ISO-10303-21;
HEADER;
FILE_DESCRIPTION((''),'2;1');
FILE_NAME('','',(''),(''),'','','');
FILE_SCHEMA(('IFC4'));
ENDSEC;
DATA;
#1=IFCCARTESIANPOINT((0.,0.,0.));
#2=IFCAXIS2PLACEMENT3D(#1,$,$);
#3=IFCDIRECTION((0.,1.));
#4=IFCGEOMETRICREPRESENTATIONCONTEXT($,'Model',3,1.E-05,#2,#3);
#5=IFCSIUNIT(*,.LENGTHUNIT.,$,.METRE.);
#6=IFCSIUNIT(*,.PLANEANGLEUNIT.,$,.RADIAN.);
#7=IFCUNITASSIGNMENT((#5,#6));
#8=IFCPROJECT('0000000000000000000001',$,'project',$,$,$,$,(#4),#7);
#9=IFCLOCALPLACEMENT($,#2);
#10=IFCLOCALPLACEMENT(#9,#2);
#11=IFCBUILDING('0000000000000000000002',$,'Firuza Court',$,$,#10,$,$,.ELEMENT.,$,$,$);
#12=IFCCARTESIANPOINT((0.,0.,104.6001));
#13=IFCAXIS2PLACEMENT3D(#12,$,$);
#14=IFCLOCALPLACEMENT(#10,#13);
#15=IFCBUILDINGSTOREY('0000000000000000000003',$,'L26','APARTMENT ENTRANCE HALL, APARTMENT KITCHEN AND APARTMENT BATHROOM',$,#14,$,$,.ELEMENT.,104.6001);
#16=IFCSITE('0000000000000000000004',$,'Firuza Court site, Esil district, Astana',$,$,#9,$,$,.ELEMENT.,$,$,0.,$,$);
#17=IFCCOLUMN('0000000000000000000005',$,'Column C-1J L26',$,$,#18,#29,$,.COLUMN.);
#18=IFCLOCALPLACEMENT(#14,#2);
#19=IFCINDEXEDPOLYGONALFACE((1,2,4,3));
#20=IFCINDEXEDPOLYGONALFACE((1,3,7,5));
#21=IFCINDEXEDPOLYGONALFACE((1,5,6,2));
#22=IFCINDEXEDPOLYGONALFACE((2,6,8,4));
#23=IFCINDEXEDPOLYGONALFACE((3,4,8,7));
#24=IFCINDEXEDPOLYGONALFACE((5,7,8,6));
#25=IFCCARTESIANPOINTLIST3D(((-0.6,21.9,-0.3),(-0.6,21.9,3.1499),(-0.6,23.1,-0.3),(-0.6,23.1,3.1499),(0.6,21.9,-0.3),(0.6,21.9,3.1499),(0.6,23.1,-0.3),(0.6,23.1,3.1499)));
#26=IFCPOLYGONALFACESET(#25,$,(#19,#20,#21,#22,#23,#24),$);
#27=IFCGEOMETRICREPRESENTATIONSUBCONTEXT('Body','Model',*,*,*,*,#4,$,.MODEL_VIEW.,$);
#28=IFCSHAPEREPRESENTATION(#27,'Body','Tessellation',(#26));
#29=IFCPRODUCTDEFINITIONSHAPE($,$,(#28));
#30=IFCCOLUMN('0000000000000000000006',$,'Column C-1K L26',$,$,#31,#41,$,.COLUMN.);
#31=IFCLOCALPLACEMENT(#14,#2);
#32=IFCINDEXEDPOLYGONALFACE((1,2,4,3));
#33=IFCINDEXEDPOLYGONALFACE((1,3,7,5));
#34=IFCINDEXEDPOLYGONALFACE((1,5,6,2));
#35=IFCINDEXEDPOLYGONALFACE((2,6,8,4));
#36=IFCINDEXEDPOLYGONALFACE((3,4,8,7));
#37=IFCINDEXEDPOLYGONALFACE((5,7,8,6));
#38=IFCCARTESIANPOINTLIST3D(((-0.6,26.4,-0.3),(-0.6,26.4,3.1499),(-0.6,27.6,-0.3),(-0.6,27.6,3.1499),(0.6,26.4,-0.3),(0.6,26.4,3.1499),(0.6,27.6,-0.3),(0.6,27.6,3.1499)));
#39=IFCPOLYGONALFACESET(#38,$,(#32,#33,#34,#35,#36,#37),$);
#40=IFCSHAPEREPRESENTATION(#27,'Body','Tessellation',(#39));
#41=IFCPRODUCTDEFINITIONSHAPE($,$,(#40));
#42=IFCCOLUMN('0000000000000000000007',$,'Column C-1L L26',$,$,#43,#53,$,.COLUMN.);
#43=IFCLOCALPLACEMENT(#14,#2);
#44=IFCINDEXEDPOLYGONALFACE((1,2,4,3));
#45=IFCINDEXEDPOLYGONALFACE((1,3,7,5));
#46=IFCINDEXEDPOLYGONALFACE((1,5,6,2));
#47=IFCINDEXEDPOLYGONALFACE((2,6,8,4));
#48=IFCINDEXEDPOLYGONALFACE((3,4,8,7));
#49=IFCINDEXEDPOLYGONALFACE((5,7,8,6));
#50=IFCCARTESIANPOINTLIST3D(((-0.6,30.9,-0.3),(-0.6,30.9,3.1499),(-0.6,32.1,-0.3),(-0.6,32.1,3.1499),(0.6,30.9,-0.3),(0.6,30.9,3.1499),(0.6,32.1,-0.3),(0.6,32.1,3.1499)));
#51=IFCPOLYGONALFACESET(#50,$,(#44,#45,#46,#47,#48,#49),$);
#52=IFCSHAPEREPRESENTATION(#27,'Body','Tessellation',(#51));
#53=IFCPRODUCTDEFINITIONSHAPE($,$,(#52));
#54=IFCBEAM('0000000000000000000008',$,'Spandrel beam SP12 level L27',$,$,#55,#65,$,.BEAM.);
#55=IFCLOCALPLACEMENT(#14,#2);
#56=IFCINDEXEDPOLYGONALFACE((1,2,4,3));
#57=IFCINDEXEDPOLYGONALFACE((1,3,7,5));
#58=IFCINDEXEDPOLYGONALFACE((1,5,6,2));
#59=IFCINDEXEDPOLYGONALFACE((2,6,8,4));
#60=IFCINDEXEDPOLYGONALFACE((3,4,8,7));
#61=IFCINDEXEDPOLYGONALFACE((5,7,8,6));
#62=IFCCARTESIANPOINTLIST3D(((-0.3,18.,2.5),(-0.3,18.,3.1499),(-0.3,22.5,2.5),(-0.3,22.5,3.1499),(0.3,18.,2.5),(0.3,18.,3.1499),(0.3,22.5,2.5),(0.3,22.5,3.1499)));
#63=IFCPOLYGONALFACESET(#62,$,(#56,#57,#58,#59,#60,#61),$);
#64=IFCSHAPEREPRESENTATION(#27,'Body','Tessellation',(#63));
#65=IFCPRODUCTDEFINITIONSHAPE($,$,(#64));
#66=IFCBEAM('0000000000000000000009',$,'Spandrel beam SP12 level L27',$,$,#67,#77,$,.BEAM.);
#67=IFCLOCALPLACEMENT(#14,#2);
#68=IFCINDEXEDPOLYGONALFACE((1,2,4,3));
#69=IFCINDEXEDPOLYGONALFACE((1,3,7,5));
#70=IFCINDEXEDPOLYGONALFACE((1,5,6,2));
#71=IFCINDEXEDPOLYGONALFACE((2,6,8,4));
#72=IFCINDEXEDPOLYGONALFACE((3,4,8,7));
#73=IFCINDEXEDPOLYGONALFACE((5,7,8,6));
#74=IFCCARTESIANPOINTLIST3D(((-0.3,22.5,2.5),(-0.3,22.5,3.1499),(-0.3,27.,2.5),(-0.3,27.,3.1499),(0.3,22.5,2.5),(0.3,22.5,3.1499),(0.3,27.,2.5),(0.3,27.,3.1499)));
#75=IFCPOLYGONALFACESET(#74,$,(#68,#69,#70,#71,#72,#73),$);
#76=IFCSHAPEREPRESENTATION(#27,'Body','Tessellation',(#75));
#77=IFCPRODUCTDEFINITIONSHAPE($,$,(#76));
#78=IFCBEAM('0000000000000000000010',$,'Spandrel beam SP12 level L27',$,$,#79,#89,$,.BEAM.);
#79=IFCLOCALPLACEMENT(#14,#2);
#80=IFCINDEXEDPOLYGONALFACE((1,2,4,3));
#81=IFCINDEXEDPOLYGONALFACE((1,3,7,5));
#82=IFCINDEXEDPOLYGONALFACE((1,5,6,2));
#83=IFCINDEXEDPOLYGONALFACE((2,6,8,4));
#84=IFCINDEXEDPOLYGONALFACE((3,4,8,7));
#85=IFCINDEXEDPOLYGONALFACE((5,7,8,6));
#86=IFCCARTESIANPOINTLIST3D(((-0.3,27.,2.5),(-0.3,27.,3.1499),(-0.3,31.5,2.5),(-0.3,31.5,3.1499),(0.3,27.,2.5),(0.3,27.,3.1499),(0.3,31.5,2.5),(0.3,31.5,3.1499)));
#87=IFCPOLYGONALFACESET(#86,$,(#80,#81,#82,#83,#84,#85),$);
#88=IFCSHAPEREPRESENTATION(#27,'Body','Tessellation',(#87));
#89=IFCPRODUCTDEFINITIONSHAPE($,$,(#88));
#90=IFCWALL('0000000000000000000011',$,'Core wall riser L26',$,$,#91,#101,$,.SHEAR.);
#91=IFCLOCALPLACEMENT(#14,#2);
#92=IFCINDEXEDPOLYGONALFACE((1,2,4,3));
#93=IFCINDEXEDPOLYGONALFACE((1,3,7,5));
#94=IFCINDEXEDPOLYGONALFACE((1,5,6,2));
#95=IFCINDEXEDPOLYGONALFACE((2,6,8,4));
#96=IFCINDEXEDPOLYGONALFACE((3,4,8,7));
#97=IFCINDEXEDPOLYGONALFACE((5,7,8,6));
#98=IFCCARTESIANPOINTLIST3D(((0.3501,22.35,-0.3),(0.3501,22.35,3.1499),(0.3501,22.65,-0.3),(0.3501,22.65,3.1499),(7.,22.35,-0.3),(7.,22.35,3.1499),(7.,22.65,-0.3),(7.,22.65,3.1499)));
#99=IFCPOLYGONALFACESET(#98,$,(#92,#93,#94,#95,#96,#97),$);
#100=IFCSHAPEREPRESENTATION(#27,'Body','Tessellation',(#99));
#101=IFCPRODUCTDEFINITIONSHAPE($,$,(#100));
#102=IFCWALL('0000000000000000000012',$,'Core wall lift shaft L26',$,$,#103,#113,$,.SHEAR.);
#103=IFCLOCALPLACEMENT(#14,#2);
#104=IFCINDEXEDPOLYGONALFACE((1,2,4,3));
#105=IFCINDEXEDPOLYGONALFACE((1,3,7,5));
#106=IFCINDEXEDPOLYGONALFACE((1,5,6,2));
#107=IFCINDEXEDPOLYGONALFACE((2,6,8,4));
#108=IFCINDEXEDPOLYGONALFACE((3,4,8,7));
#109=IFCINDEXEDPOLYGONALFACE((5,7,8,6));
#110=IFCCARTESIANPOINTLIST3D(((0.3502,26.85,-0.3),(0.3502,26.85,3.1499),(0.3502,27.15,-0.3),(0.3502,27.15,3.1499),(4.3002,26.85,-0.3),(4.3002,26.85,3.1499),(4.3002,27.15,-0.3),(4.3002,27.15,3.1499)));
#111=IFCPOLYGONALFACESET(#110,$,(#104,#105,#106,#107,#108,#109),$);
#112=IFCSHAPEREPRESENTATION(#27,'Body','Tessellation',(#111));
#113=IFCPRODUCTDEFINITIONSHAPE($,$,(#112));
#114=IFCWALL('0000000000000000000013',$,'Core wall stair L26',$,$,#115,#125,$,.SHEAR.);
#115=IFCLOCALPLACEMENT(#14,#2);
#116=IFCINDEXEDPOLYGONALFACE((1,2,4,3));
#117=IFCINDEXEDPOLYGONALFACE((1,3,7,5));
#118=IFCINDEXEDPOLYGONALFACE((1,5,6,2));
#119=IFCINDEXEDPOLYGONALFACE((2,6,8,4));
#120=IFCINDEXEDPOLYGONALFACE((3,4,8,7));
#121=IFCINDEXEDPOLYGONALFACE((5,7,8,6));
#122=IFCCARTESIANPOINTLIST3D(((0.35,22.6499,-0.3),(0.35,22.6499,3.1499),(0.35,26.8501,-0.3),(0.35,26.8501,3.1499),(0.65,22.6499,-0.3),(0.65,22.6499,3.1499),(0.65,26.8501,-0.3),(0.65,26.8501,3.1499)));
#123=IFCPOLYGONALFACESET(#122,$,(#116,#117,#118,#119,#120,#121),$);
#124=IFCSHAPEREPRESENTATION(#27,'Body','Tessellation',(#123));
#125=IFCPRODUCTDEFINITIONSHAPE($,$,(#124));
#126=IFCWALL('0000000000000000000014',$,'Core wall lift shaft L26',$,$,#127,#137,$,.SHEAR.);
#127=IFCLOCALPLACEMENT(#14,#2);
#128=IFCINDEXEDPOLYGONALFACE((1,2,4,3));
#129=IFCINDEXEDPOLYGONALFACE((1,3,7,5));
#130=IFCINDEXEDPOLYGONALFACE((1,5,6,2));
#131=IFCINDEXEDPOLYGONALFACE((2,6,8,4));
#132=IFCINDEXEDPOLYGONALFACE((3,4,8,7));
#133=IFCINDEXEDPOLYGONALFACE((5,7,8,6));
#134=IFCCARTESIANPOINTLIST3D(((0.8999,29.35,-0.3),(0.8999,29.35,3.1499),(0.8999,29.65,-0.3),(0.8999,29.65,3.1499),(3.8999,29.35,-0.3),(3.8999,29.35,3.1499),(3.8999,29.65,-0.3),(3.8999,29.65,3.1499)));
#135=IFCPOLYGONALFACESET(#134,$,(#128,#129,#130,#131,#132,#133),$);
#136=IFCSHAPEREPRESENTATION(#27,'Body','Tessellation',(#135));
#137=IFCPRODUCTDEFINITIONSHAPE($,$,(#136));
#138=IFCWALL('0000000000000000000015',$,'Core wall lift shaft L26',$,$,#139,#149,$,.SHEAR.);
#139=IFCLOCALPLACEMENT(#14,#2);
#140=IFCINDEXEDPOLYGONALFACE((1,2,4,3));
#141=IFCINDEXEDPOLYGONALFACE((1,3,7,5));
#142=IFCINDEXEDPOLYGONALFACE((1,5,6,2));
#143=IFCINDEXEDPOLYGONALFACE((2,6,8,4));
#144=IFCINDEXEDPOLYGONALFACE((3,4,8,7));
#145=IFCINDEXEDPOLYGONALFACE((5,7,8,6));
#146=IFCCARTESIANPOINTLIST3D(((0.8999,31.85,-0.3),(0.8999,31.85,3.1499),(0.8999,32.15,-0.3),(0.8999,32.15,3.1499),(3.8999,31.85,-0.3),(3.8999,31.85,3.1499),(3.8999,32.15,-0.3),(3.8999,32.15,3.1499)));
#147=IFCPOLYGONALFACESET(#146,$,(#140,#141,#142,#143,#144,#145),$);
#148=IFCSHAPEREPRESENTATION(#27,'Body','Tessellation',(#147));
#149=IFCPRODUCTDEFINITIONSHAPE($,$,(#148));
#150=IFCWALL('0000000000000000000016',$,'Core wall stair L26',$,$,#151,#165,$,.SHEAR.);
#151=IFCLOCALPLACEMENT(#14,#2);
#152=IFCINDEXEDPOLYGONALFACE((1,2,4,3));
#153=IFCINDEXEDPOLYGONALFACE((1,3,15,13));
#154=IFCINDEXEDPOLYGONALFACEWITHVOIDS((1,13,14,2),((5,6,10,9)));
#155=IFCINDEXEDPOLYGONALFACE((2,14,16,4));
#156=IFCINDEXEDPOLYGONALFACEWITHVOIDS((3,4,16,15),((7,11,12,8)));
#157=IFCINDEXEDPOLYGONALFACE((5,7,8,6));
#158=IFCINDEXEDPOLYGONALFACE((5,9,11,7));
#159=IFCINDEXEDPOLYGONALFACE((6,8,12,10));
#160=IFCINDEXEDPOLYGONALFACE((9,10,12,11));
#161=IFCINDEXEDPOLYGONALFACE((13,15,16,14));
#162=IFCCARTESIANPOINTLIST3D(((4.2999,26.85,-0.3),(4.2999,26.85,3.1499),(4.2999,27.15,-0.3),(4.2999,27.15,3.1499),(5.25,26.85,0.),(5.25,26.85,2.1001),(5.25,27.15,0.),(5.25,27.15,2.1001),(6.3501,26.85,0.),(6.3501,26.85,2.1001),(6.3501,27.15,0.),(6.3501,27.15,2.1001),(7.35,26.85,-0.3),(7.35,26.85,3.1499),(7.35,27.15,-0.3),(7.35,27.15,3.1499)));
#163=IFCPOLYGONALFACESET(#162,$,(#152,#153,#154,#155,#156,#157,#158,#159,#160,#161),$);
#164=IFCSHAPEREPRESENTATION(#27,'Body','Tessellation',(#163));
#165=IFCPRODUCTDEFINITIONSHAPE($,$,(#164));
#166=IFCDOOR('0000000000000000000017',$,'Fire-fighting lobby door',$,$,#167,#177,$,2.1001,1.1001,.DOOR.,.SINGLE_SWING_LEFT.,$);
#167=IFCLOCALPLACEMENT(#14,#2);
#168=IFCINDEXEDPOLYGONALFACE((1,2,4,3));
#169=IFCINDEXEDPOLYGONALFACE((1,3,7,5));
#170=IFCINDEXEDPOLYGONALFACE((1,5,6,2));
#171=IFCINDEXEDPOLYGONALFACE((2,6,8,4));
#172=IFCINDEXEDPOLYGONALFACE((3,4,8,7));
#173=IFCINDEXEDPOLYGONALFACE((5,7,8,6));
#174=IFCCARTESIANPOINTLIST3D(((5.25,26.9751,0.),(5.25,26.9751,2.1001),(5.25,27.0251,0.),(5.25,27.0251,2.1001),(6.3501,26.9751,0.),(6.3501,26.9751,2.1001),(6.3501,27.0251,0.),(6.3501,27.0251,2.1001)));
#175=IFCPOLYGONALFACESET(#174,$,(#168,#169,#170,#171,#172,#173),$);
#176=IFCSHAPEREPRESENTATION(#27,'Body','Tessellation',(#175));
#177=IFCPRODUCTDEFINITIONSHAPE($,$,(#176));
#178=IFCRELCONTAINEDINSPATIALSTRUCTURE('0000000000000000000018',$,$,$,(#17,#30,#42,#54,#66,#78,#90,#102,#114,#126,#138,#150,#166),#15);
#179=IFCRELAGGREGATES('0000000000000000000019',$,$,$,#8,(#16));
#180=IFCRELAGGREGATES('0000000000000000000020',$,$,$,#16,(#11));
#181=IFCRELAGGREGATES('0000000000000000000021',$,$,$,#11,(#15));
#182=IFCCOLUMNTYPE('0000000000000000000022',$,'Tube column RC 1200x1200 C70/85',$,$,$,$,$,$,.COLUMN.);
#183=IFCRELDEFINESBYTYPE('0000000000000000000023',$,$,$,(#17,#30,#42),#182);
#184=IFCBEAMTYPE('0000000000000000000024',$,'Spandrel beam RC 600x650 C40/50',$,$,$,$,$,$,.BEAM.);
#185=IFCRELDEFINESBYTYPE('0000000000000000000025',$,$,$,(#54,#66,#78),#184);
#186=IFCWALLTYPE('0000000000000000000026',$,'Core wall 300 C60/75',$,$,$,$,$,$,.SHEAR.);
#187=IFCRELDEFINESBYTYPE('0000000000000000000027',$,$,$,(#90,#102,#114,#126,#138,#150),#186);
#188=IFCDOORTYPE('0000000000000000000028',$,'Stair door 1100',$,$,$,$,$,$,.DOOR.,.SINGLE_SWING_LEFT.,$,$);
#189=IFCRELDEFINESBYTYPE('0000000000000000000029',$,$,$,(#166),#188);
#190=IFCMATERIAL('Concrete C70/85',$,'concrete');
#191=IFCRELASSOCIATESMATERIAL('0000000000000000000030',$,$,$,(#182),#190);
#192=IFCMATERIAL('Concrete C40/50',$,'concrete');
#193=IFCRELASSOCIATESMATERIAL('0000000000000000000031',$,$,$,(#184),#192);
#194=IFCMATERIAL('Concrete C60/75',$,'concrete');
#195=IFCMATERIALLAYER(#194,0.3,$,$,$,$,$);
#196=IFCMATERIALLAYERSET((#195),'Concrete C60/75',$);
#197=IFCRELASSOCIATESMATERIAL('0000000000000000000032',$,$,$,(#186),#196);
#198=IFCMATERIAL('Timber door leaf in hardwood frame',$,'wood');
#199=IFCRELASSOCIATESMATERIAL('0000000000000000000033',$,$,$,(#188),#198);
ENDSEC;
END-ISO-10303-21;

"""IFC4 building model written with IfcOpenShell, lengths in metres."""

from ifc_helpers import new_model, si_unit, direction, frame, frame_2d, origin, origin_2d, place, context, subcontext, project, spatial, rectangle, extrude, material, layer, layer_set, material_profile, profile_set, type_object, element, fill, save


model = new_model("IFC4")

# Units and contexts
model_context = context("Model", 3, precision=1e-05, world=origin(), true_north=direction((0.0, 1.0)))
body_context = subcontext(model_context, "Body", "Model", "MODEL_VIEW")
ifc_project = project(units=[si_unit("LENGTHUNIT", "METRE"), si_unit("PLANEANGLEUNIT", "RADIAN")], contexts=[model_context])

# Site, building, storey
site_placement = place(None, origin())
site = spatial("IfcSite", under=ifc_project, at=site_placement, Name="Firuza Court site, Esil district, Astana", CompositionType="ELEMENT", RefElevation=0.0)
building_placement = place(site_placement, origin())
building = spatial("IfcBuilding", under=site, at=building_placement, Name="Firuza Court", CompositionType="ELEMENT")
storey_placement = place(building_placement, frame((0.0, 0.0, 104.6001)))
storey = spatial("IfcBuildingStorey", under=building, at=storey_placement, Name="L26", Description="APARTMENT ENTRANCE HALL, APARTMENT KITCHEN AND APARTMENT BATHROOM", CompositionType="ELEMENT", Elevation=104.6001)

# Columns
ifc_material_1 = material(Name="Concrete C70/85", Category="concrete")
ifc_material_profile_1 = material_profile(ifc_material_1, rectangle(XDim=1.2, YDim=1.2, at=origin_2d()), Name="RC 1200x1200")
ifc_profile_set_1 = profile_set([ifc_material_profile_1], Name="Concrete C70/85")
column_type = type_object("IfcColumnType", Name="Tube column RC 1200x1200 C70/85", PredefinedType="COLUMN", material=ifc_profile_set_1)
for number, where, z_axis, x_axis, name in (
    (1, (0.0, 22.5, -0.3), (0.0, 0.0, 1.0), (1.0, 0.0, 0.0), "Column C-1J L26"),
    (2, (0.0, 27.0, -0.3), (0.0, 0.0, 1.0), (1.0, 0.0, 0.0), "Column C-1K L26"),
    (3, (0.0, 31.5, -0.3), (0.0, 0.0, 1.0), (1.0, 0.0, 0.0), "Column C-1L L26"),
):
    element("IfcColumn", number, at=place(storey_placement, frame(where, z_axis=z_axis, x_axis=x_axis)), inside=storey, type_object=column_type, Name=name, PredefinedType="COLUMN", context=body_context, shape_type="SweptSolid", body=[
        extrude(rectangle(XDim=1.2, YDim=1.2, at=origin_2d()), origin(), (0.0, 0.0, 1.0), 3.45),
    ])

# Beams
ifc_material_2 = material(Name="Concrete C40/50", Category="concrete")
ifc_material_profile_2 = material_profile(ifc_material_2, rectangle(XDim=0.6001, YDim=0.6499, at=origin_2d()), Name="RC 600x650")
ifc_profile_set_2 = profile_set([ifc_material_profile_2], Name="Concrete C40/50")
beam_type = type_object("IfcBeamType", Name="Spandrel beam RC 600x650 C40/50", PredefinedType="BEAM", material=ifc_profile_set_2)
for number, where, z_axis, x_axis, name in (
    (4, (0.0, 22.5, 2.825), (0.0, -1.0, 0.0), (1.0, 0.0, 0.0), "Spandrel beam SP12 level L27"),
    (5, (0.0, 27.0, 2.825), (0.0, -1.0, 0.0), (1.0, 0.0, 0.0), "Spandrel beam SP12 level L27"),
    (6, (0.0, 31.5, 2.825), (0.0, -1.0, 0.0), (1.0, 0.0, 0.0), "Spandrel beam SP12 level L27"),
):
    element("IfcBeam", number, at=place(storey_placement, frame(where, z_axis=z_axis, x_axis=x_axis)), inside=storey, type_object=beam_type, Name=name, PredefinedType="BEAM", context=body_context, shape_type="SweptSolid", body=[
        extrude(rectangle(XDim=0.6001, YDim=0.6499, at=origin_2d()), origin(), (0.0, 0.0, 1.0), 4.5),
    ])

# Walls
ifc_material_3 = material(Name="Concrete C60/75", Category="concrete")
ifc_layer_1 = layer(ifc_material_3, 0.3)
ifc_layer_set_1 = layer_set([ifc_layer_1], Name="Concrete C60/75")
wall_type_1 = type_object("IfcWallType", Name="Core wall 300 C60/75", PredefinedType="SHEAR", material=ifc_layer_set_1)
wall_1_placement = place(storey_placement, frame((0.3501, 22.5, -0.3), z_axis=(0.0, 0.0, 1.0), x_axis=(1.0, 0.0, 0.0)))
element("IfcWall", 7, at=wall_1_placement, inside=storey, type_object=wall_type_1, Name="Core wall riser L26", PredefinedType="SHEAR", context=body_context, shape_type="SweptSolid", body=[
    extrude(rectangle(XDim=6.6499, YDim=0.3, at=frame_2d((3.325, 0.0))), origin(), (0.0, 0.0, 1.0), 3.45),
])
wall_2_placement = place(storey_placement, frame((0.3501, 27.0, -0.3), z_axis=(0.0, 0.0, 1.0), x_axis=(1.0, 0.0, 0.0)))
element("IfcWall", 8, at=wall_2_placement, inside=storey, type_object=wall_type_1, Name="Core wall lift shaft L26", PredefinedType="SHEAR", context=body_context, shape_type="SweptSolid", body=[
    extrude(rectangle(XDim=3.95, YDim=0.3, at=frame_2d((1.9751, 0.0))), origin(), (0.0, 0.0, 1.0), 3.45),
])
wall_3_placement = place(storey_placement, frame((0.5, 22.6499, -0.3), z_axis=(0.0, 0.0, 1.0), x_axis=(0.0, 1.0, 0.0)))
element("IfcWall", 9, at=wall_3_placement, inside=storey, type_object=wall_type_1, Name="Core wall stair L26", PredefinedType="SHEAR", context=body_context, shape_type="SweptSolid", body=[
    extrude(rectangle(XDim=4.2002, YDim=0.3, at=frame_2d((2.1001, 0.0))), origin(), (0.0, 0.0, 1.0), 3.45),
])
for number, where, z_axis, x_axis, name in (
    (10, (0.8999, 29.5, -0.3), (0.0, 0.0, 1.0), (1.0, 0.0, 0.0), "Core wall lift shaft L26"),
    (11, (0.8999, 32.0, -0.3), (0.0, 0.0, 1.0), (1.0, 0.0, 0.0), "Core wall lift shaft L26"),
):
    element("IfcWall", number, at=place(storey_placement, frame(where, z_axis=z_axis, x_axis=x_axis)), inside=storey, type_object=wall_type_1, Name=name, PredefinedType="SHEAR", context=body_context, shape_type="SweptSolid", body=[
        extrude(rectangle(XDim=3.0, YDim=0.3, at=frame_2d((1.5, 0.0))), origin(), (0.0, 0.0, 1.0), 3.45),
    ])

# Wall, opening, door
wall_4_placement = place(storey_placement, frame((4.3, 27.0, -0.3), z_axis=(0.0, 0.0, 1.0), x_axis=(1.0, 0.0, 0.0)))
wall_4 = element("IfcWall", 12, at=wall_4_placement, inside=storey, type_object=wall_type_1, Name="Core wall stair L26", PredefinedType="SHEAR", context=body_context, shape_type="SweptSolid", body=[
    extrude(rectangle(XDim=3.05, YDim=0.3, at=frame_2d((1.5249, 0.0))), origin(), (0.0, 0.0, 1.0), 3.45),
])
opening_1_placement = place(wall_4_placement, frame((0.95, 0.0, 0.3)))
opening_1 = element("IfcOpeningElement", 13, at=opening_1_placement, cuts=wall_4, PredefinedType="OPENING", context=body_context, shape_type="SweptSolid", body=[
    extrude(rectangle(XDim=1.1001, YDim=2.1001, at=frame_2d((0.55, 1.05))), frame((0.0, 0.1621, 0.0), z_axis=(0.0, -1.0, 0.0), x_axis=(1.0, 0.0, 0.0)), (0.0, 0.0, 1.0), 0.324),
])
ifc_material_4 = material(Name="Timber door leaf in hardwood frame", Category="wood")
door_type_1 = type_object("IfcDoorType", Name="Stair door 1100", OperationType="SINGLE_SWING_LEFT", PredefinedType="DOOR", material=ifc_material_4)
door_1_placement = place(opening_1_placement, frame((1.1001, 0.0, 0.0), z_axis=(0.0, 0.0, 1.0), x_axis=(-1.0, 0.0, 0.0)))
door_1 = element("IfcDoor", 14, at=door_1_placement, inside=storey, type_object=door_type_1, Name="Fire-fighting lobby door", OperationType="SINGLE_SWING_LEFT", OverallHeight=2.1001, OverallWidth=1.1001, PredefinedType="DOOR", context=body_context, shape_type="SweptSolid", body=[
    extrude(rectangle(XDim=1.1001, YDim=2.1001, at=frame_2d((0.55, 1.05))), frame((0.0, 0.0249, 0.0), z_axis=(0.0, -1.0, 0.0), x_axis=(1.0, 0.0, 0.0)), (0.0, 0.0, 1.0), 0.05),
])
fill(opening_1, door_1)

save(model, "model.ifc")
